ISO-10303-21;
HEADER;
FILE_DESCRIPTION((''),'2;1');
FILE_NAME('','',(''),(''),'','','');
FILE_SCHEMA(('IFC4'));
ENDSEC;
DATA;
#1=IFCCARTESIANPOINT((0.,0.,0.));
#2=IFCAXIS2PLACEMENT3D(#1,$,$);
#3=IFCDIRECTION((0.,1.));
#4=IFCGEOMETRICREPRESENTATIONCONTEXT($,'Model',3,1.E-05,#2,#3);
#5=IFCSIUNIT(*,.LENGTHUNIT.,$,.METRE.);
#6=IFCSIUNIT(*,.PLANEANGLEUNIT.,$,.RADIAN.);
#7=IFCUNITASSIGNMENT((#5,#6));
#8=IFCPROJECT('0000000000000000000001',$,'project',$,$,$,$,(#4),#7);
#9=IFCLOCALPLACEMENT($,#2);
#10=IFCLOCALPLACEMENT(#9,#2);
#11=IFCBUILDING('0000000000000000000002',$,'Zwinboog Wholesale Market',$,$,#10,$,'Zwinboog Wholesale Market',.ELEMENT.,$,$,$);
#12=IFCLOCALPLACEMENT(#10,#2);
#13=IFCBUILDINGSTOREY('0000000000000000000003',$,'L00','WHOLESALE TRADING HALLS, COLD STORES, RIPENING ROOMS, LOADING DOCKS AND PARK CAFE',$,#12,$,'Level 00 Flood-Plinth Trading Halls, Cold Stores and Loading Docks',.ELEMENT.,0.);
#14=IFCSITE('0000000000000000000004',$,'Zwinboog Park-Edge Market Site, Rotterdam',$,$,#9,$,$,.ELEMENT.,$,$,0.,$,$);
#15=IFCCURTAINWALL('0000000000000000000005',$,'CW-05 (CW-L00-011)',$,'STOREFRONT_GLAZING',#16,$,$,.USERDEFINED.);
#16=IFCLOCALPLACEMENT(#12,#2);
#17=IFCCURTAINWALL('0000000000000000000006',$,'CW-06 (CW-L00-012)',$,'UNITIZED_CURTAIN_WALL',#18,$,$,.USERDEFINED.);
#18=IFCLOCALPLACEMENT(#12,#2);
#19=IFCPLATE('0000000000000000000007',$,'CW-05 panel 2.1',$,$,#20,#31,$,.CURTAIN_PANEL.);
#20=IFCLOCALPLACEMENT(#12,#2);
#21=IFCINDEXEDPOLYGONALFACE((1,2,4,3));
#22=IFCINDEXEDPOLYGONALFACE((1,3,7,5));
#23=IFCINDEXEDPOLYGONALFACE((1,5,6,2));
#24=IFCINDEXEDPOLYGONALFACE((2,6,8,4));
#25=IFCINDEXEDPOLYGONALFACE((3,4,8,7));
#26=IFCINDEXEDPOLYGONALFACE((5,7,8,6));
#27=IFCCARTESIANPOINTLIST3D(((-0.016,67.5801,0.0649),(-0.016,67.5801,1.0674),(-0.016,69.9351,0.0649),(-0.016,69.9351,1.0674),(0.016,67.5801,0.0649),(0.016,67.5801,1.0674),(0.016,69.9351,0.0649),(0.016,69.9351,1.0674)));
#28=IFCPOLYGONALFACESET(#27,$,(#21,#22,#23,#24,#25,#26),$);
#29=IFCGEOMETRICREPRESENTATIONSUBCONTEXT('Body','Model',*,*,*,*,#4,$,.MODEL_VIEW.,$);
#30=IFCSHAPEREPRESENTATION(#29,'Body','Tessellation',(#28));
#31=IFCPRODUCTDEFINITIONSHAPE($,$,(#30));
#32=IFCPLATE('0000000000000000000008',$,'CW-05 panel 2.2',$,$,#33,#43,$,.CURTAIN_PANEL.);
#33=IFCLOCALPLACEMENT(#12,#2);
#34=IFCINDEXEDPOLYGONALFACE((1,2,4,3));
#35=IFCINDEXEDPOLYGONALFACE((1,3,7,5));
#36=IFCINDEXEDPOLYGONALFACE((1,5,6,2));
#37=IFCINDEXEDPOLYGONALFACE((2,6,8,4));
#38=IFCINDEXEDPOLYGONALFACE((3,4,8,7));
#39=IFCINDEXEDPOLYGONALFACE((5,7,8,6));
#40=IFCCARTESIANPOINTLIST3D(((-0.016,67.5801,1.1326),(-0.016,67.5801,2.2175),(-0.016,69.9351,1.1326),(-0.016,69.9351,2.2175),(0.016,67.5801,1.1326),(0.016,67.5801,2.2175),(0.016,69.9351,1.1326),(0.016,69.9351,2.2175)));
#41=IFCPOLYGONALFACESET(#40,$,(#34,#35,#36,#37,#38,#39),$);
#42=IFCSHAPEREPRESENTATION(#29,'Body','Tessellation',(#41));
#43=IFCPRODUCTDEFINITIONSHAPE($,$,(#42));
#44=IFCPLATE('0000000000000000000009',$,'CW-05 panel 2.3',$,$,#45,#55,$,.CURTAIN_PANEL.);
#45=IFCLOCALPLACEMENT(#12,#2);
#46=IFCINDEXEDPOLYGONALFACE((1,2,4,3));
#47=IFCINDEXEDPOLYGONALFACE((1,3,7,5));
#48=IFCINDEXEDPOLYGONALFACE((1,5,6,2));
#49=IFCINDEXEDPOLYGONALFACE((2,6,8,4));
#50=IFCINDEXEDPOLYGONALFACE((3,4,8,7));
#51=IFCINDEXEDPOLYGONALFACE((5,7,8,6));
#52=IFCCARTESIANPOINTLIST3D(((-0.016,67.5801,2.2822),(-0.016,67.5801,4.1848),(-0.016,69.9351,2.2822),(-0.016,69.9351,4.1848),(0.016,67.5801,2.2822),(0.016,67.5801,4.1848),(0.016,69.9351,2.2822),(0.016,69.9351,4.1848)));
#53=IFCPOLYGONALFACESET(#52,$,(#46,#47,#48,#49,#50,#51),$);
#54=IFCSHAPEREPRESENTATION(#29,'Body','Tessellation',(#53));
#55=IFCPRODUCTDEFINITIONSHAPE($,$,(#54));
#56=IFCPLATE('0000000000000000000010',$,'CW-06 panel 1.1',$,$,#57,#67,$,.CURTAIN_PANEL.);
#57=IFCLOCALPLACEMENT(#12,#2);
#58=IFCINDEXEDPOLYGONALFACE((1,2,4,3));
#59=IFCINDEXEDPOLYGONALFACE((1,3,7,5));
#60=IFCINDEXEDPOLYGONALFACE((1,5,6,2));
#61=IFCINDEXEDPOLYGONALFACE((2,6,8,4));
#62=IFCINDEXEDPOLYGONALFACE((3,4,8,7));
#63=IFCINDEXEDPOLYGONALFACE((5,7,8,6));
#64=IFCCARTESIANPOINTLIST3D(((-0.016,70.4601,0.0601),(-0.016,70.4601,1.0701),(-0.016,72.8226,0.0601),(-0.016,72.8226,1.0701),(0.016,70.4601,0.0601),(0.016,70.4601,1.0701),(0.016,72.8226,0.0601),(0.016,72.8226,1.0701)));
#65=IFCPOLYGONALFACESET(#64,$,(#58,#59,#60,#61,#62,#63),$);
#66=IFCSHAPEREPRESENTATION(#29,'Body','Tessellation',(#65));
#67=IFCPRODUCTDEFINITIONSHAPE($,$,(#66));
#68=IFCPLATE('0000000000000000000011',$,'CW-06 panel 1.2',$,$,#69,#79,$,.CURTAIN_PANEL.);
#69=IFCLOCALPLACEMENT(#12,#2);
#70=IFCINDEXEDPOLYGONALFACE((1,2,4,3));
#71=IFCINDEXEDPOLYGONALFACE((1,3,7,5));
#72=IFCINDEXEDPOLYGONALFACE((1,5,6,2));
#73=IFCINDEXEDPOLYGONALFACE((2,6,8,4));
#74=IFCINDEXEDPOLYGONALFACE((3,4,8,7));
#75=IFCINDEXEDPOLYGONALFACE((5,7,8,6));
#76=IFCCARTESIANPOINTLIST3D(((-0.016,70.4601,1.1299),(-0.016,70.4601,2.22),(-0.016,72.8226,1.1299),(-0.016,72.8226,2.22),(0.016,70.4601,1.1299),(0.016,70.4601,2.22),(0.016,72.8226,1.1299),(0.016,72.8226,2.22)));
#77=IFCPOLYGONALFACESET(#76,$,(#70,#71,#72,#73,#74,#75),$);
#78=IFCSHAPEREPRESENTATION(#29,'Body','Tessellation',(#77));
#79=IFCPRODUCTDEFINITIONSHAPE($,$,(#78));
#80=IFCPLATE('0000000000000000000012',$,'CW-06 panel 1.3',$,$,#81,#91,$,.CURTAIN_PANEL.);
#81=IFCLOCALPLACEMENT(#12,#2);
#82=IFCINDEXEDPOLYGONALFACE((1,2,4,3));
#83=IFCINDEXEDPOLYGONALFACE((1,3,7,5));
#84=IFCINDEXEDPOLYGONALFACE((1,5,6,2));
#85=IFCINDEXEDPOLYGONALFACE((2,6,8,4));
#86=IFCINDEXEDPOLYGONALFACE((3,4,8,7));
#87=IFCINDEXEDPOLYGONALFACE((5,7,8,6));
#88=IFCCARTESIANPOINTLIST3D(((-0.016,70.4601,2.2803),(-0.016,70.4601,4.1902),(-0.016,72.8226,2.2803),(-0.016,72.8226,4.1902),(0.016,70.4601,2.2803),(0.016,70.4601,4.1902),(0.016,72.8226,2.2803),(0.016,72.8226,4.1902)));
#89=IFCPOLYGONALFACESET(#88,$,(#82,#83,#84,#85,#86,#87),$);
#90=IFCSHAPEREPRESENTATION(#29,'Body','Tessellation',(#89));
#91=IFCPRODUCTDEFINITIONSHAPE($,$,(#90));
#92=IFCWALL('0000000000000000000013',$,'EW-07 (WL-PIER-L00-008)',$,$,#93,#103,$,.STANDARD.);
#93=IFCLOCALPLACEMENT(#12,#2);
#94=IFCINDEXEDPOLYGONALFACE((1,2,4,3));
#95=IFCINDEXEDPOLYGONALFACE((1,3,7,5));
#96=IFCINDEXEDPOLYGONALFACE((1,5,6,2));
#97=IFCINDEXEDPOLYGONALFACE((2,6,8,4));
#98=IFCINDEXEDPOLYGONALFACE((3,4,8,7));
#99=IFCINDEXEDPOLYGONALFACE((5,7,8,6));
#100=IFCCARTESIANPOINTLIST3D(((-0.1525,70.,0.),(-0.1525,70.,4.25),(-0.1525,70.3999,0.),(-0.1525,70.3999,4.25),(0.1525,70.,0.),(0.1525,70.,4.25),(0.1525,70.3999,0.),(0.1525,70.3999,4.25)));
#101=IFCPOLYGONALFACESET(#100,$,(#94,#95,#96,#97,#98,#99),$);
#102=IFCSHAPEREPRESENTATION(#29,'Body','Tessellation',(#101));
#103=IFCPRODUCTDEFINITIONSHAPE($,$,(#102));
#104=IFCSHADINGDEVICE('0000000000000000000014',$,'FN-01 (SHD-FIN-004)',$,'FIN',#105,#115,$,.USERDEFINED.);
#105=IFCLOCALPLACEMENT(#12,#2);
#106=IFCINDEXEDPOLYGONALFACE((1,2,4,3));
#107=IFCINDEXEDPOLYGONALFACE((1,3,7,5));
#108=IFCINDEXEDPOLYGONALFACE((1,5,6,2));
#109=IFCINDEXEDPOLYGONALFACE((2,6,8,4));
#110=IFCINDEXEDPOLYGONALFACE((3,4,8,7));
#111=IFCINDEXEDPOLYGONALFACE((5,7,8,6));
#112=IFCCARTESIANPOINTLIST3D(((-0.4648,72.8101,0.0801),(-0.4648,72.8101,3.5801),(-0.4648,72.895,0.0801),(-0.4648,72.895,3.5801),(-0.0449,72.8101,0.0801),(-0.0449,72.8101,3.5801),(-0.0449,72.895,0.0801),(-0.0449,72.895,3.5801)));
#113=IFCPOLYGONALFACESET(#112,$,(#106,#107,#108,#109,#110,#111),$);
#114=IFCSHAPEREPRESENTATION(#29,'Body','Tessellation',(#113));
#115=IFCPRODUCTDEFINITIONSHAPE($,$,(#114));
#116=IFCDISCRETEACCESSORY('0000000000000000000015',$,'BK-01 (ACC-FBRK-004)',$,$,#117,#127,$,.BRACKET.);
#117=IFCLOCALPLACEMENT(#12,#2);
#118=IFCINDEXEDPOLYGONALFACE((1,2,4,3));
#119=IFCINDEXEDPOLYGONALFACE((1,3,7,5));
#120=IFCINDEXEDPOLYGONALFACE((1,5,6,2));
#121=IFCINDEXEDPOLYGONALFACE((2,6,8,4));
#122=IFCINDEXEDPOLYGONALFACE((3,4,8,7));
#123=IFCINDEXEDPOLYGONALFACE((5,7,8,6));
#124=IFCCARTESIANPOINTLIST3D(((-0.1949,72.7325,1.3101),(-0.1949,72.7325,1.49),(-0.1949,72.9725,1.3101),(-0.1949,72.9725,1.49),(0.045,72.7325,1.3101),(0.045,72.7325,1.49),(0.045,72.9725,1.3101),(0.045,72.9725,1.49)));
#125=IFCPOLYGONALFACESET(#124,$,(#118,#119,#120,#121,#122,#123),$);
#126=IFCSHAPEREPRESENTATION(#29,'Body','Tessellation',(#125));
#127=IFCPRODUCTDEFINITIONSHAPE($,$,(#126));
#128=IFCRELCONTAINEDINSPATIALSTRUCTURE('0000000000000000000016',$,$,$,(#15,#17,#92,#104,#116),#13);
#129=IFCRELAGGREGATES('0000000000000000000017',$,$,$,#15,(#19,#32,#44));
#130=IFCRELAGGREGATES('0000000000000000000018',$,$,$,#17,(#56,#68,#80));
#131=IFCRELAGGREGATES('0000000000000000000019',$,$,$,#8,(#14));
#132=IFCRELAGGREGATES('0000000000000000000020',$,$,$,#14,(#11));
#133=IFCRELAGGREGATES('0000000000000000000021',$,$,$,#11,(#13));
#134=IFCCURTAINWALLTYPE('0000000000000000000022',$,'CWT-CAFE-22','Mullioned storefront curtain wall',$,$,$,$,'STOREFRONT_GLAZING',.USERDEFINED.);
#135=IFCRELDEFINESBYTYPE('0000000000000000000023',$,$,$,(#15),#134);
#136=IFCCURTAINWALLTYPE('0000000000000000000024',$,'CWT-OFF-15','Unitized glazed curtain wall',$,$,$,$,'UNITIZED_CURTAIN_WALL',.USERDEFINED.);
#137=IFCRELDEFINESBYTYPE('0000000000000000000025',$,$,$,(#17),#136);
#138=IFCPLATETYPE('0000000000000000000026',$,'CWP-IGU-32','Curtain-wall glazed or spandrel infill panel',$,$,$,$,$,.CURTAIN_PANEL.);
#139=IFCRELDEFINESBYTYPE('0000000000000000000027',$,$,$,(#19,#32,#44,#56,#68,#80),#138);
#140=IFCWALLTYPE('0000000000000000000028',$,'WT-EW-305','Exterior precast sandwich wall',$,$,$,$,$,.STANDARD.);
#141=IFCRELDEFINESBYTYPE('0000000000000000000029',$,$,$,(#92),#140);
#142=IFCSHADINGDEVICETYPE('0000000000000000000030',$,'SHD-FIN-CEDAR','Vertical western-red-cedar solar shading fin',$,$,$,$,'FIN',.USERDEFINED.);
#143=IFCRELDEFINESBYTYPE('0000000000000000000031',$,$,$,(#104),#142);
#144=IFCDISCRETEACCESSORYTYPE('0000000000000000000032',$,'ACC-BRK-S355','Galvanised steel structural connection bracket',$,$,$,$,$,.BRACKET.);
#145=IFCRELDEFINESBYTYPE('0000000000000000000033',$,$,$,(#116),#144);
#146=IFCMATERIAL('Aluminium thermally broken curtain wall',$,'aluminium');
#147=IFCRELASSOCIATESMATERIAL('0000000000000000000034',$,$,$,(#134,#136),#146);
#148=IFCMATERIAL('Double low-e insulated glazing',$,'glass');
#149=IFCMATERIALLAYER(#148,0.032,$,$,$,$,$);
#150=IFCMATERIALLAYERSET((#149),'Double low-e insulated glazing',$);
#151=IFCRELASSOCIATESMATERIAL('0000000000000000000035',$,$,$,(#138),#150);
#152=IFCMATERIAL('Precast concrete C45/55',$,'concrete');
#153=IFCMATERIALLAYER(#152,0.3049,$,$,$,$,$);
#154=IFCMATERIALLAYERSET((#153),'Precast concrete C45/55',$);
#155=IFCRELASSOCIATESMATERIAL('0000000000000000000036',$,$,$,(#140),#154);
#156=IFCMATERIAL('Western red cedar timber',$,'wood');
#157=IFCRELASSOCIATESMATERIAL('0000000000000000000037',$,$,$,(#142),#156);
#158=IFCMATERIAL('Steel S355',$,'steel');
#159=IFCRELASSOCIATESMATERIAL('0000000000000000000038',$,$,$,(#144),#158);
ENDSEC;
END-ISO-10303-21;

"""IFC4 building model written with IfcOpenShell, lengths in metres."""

from ifc_helpers import new_model, si_unit, direction, frame, frame_2d, origin, origin_2d, place, context, subcontext, project, spatial, rectangle, extrude, material, layer, layer_set, type_object, element, aggregate, save


model = new_model("IFC4")

# Units and contexts
model_context = context("Model", 3, precision=1e-05, world=origin(), true_north=direction((0.0, 1.0)))
body_context = subcontext(model_context, "Body", "Model", "MODEL_VIEW")
ifc_project = project(units=[si_unit("LENGTHUNIT", "METRE"), si_unit("PLANEANGLEUNIT", "RADIAN")], contexts=[model_context])

# Site, building, storey
site_placement = place(None, origin())
site = spatial("IfcSite", under=ifc_project, at=site_placement, Name="Zwinboog Park-Edge Market Site, Rotterdam", CompositionType="ELEMENT", RefElevation=0.0)
building_placement = place(site_placement, origin())
building = spatial("IfcBuilding", under=site, at=building_placement, Name="Zwinboog Wholesale Market", LongName="Zwinboog Wholesale Market", CompositionType="ELEMENT")
storey_placement = place(building_placement, origin())
storey = spatial("IfcBuildingStorey", under=building, at=storey_placement, Name="L00", Description="WHOLESALE TRADING HALLS, COLD STORES, RIPENING ROOMS, LOADING DOCKS AND PARK CAFE", LongName="Level 00 Flood-Plinth Trading Halls, Cold Stores and Loading Docks", CompositionType="ELEMENT", Elevation=0.0)

# Curtain wall
ifc_material_1 = material(Name="Aluminium thermally broken curtain wall", Category="aluminium")
curtain_wall_type_1 = type_object("IfcCurtainWallType", Name="CWT-CAFE-22", Description="Mullioned storefront curtain wall", ElementType="STOREFRONT_GLAZING", PredefinedType="USERDEFINED", material=ifc_material_1)
curtain_wall_1_placement = place(storey_placement, origin())
curtain_wall_1 = element("IfcCurtainWall", 1, at=curtain_wall_1_placement, inside=storey, type_object=curtain_wall_type_1, Name="CW-05 (CW-L00-011)", ObjectType="STOREFRONT_GLAZING", PredefinedType="USERDEFINED")

# Curtain wall
curtain_wall_type_2 = type_object("IfcCurtainWallType", Name="CWT-OFF-15", Description="Unitized glazed curtain wall", ElementType="UNITIZED_CURTAIN_WALL", PredefinedType="USERDEFINED", material=ifc_material_1)
curtain_wall_2_placement = place(storey_placement, origin())
curtain_wall_2 = element("IfcCurtainWall", 2, at=curtain_wall_2_placement, inside=storey, type_object=curtain_wall_type_2, Name="CW-06 (CW-L00-012)", ObjectType="UNITIZED_CURTAIN_WALL", PredefinedType="USERDEFINED")

# Plates
ifc_material_2 = material(Name="Double low-e insulated glazing", Category="glass")
ifc_layer_1 = layer(ifc_material_2, 0.032)
ifc_layer_set_1 = layer_set([ifc_layer_1], Name="Double low-e insulated glazing")
plate_type = type_object("IfcPlateType", Name="CWP-IGU-32", Description="Curtain-wall glazed or spandrel infill panel", PredefinedType="CURTAIN_PANEL", material=ifc_layer_set_1)
plate_1_placement = place(storey_placement, frame((0.0, 68.7576, 0.0649), z_axis=(0.0, 0.0, 1.0), x_axis=(0.0, 1.0, 0.0)))
plate_1 = element("IfcPlate", 3, at=plate_1_placement, type_object=plate_type, Name="CW-05 panel 2.1", PredefinedType="CURTAIN_PANEL", context=body_context, shape_type="SweptSolid", body=[
    extrude(rectangle(XDim=2.355, YDim=0.032, at=origin_2d()), origin(), (0.0, 0.0, 1.0), 1.0024),
])
plate_2_placement = place(storey_placement, frame((0.0, 68.7576, 1.1326), z_axis=(0.0, 0.0, 1.0), x_axis=(0.0, 1.0, 0.0)))
plate_2 = element("IfcPlate", 4, at=plate_2_placement, type_object=plate_type, Name="CW-05 panel 2.2", PredefinedType="CURTAIN_PANEL", context=body_context, shape_type="SweptSolid", body=[
    extrude(rectangle(XDim=2.355, YDim=0.032, at=origin_2d()), origin(), (0.0, 0.0, 1.0), 1.085),
])
plate_3_placement = place(storey_placement, frame((0.0, 68.7576, 2.2822), z_axis=(0.0, 0.0, 1.0), x_axis=(0.0, 1.0, 0.0)))
plate_3 = element("IfcPlate", 5, at=plate_3_placement, type_object=plate_type, Name="CW-05 panel 2.3", PredefinedType="CURTAIN_PANEL", context=body_context, shape_type="SweptSolid", body=[
    extrude(rectangle(XDim=2.355, YDim=0.032, at=origin_2d()), origin(), (0.0, 0.0, 1.0), 1.9026),
])
aggregate(curtain_wall_1, [plate_1, plate_2, plate_3])
plate_4_placement = place(storey_placement, frame((0.0, 71.6414, 0.0601), z_axis=(0.0, 0.0, 1.0), x_axis=(0.0, 1.0, 0.0)))
plate_4 = element("IfcPlate", 6, at=plate_4_placement, type_object=plate_type, Name="CW-06 panel 1.1", PredefinedType="CURTAIN_PANEL", context=body_context, shape_type="SweptSolid", body=[
    extrude(rectangle(XDim=2.3625, YDim=0.032, at=origin_2d()), origin(), (0.0, 0.0, 1.0), 1.01),
])
plate_5_placement = place(storey_placement, frame((0.0, 71.6414, 1.1299), z_axis=(0.0, 0.0, 1.0), x_axis=(0.0, 1.0, 0.0)))
plate_5 = element("IfcPlate", 7, at=plate_5_placement, type_object=plate_type, Name="CW-06 panel 1.2", PredefinedType="CURTAIN_PANEL", context=body_context, shape_type="SweptSolid", body=[
    extrude(rectangle(XDim=2.3625, YDim=0.032, at=origin_2d()), origin(), (0.0, 0.0, 1.0), 1.0901),
])
plate_6_placement = place(storey_placement, frame((0.0, 71.6414, 2.2803), z_axis=(0.0, 0.0, 1.0), x_axis=(0.0, 1.0, 0.0)))
plate_6 = element("IfcPlate", 8, at=plate_6_placement, type_object=plate_type, Name="CW-06 panel 1.3", PredefinedType="CURTAIN_PANEL", context=body_context, shape_type="SweptSolid", body=[
    extrude(rectangle(XDim=2.3625, YDim=0.032, at=origin_2d()), origin(), (0.0, 0.0, 1.0), 1.9099),
])
aggregate(curtain_wall_2, [plate_4, plate_5, plate_6])

# Wall
ifc_material_3 = material(Name="Precast concrete C45/55", Category="concrete")
ifc_layer_2 = layer(ifc_material_3, 0.3049)
ifc_layer_set_2 = layer_set([ifc_layer_2], Name="Precast concrete C45/55")
wall_type = type_object("IfcWallType", Name="WT-EW-305", Description="Exterior precast sandwich wall", PredefinedType="STANDARD", material=ifc_layer_set_2)
wall_placement = place(storey_placement, frame((0.0, 70.0, 0.0), z_axis=(0.0, 0.0, 1.0), x_axis=(0.0, 1.0, 0.0)))
element("IfcWall", 9, at=wall_placement, inside=storey, type_object=wall_type, Name="EW-07 (WL-PIER-L00-008)", PredefinedType="STANDARD", context=body_context, shape_type="SweptSolid", body=[
    extrude(rectangle(XDim=0.3999, YDim=0.3049, at=frame_2d((0.2, 0.0))), origin(), (0.0, 0.0, 1.0), 4.25),
])

# Shading device
ifc_material_4 = material(Name="Western red cedar timber", Category="wood")
shading_device_type = type_object("IfcShadingDeviceType", Name="SHD-FIN-CEDAR", Description="Vertical western-red-cedar solar shading fin", ElementType="FIN", PredefinedType="USERDEFINED", material=ifc_material_4)
shading_device_placement = place(storey_placement, frame((-0.2549, 72.8525, 0.0801), z_axis=(0.0, 0.0, 1.0), x_axis=(1.0, 0.0, 0.0)))
element("IfcShadingDevice", 10, at=shading_device_placement, inside=storey, type_object=shading_device_type, Name="FN-01 (SHD-FIN-004)", ObjectType="FIN", PredefinedType="USERDEFINED", context=body_context, shape_type="SweptSolid", body=[
    extrude(rectangle(XDim=0.4199, YDim=0.085, at=origin_2d()), origin(), (0.0, 0.0, 1.0), 3.5),
])

# Discrete accessory
ifc_material_5 = material(Name="Steel S355", Category="steel")
discrete_accessory_type = type_object("IfcDiscreteAccessoryType", Name="ACC-BRK-S355", Description="Galvanised steel structural connection bracket", PredefinedType="BRACKET", material=ifc_material_5)
discrete_accessory_placement = place(storey_placement, frame((-0.075, 72.8525, 1.3101), z_axis=(0.0, 0.0, 1.0), x_axis=(1.0, 0.0, 0.0)))
element("IfcDiscreteAccessory", 11, at=discrete_accessory_placement, inside=storey, type_object=discrete_accessory_type, Name="BK-01 (ACC-FBRK-004)", PredefinedType="BRACKET", context=body_context, shape_type="SweptSolid", body=[
    extrude(rectangle(XDim=0.24, YDim=0.24, at=origin_2d()), origin(), (0.0, 0.0, 1.0), 0.1799),
])

save(model, "model.ifc")
